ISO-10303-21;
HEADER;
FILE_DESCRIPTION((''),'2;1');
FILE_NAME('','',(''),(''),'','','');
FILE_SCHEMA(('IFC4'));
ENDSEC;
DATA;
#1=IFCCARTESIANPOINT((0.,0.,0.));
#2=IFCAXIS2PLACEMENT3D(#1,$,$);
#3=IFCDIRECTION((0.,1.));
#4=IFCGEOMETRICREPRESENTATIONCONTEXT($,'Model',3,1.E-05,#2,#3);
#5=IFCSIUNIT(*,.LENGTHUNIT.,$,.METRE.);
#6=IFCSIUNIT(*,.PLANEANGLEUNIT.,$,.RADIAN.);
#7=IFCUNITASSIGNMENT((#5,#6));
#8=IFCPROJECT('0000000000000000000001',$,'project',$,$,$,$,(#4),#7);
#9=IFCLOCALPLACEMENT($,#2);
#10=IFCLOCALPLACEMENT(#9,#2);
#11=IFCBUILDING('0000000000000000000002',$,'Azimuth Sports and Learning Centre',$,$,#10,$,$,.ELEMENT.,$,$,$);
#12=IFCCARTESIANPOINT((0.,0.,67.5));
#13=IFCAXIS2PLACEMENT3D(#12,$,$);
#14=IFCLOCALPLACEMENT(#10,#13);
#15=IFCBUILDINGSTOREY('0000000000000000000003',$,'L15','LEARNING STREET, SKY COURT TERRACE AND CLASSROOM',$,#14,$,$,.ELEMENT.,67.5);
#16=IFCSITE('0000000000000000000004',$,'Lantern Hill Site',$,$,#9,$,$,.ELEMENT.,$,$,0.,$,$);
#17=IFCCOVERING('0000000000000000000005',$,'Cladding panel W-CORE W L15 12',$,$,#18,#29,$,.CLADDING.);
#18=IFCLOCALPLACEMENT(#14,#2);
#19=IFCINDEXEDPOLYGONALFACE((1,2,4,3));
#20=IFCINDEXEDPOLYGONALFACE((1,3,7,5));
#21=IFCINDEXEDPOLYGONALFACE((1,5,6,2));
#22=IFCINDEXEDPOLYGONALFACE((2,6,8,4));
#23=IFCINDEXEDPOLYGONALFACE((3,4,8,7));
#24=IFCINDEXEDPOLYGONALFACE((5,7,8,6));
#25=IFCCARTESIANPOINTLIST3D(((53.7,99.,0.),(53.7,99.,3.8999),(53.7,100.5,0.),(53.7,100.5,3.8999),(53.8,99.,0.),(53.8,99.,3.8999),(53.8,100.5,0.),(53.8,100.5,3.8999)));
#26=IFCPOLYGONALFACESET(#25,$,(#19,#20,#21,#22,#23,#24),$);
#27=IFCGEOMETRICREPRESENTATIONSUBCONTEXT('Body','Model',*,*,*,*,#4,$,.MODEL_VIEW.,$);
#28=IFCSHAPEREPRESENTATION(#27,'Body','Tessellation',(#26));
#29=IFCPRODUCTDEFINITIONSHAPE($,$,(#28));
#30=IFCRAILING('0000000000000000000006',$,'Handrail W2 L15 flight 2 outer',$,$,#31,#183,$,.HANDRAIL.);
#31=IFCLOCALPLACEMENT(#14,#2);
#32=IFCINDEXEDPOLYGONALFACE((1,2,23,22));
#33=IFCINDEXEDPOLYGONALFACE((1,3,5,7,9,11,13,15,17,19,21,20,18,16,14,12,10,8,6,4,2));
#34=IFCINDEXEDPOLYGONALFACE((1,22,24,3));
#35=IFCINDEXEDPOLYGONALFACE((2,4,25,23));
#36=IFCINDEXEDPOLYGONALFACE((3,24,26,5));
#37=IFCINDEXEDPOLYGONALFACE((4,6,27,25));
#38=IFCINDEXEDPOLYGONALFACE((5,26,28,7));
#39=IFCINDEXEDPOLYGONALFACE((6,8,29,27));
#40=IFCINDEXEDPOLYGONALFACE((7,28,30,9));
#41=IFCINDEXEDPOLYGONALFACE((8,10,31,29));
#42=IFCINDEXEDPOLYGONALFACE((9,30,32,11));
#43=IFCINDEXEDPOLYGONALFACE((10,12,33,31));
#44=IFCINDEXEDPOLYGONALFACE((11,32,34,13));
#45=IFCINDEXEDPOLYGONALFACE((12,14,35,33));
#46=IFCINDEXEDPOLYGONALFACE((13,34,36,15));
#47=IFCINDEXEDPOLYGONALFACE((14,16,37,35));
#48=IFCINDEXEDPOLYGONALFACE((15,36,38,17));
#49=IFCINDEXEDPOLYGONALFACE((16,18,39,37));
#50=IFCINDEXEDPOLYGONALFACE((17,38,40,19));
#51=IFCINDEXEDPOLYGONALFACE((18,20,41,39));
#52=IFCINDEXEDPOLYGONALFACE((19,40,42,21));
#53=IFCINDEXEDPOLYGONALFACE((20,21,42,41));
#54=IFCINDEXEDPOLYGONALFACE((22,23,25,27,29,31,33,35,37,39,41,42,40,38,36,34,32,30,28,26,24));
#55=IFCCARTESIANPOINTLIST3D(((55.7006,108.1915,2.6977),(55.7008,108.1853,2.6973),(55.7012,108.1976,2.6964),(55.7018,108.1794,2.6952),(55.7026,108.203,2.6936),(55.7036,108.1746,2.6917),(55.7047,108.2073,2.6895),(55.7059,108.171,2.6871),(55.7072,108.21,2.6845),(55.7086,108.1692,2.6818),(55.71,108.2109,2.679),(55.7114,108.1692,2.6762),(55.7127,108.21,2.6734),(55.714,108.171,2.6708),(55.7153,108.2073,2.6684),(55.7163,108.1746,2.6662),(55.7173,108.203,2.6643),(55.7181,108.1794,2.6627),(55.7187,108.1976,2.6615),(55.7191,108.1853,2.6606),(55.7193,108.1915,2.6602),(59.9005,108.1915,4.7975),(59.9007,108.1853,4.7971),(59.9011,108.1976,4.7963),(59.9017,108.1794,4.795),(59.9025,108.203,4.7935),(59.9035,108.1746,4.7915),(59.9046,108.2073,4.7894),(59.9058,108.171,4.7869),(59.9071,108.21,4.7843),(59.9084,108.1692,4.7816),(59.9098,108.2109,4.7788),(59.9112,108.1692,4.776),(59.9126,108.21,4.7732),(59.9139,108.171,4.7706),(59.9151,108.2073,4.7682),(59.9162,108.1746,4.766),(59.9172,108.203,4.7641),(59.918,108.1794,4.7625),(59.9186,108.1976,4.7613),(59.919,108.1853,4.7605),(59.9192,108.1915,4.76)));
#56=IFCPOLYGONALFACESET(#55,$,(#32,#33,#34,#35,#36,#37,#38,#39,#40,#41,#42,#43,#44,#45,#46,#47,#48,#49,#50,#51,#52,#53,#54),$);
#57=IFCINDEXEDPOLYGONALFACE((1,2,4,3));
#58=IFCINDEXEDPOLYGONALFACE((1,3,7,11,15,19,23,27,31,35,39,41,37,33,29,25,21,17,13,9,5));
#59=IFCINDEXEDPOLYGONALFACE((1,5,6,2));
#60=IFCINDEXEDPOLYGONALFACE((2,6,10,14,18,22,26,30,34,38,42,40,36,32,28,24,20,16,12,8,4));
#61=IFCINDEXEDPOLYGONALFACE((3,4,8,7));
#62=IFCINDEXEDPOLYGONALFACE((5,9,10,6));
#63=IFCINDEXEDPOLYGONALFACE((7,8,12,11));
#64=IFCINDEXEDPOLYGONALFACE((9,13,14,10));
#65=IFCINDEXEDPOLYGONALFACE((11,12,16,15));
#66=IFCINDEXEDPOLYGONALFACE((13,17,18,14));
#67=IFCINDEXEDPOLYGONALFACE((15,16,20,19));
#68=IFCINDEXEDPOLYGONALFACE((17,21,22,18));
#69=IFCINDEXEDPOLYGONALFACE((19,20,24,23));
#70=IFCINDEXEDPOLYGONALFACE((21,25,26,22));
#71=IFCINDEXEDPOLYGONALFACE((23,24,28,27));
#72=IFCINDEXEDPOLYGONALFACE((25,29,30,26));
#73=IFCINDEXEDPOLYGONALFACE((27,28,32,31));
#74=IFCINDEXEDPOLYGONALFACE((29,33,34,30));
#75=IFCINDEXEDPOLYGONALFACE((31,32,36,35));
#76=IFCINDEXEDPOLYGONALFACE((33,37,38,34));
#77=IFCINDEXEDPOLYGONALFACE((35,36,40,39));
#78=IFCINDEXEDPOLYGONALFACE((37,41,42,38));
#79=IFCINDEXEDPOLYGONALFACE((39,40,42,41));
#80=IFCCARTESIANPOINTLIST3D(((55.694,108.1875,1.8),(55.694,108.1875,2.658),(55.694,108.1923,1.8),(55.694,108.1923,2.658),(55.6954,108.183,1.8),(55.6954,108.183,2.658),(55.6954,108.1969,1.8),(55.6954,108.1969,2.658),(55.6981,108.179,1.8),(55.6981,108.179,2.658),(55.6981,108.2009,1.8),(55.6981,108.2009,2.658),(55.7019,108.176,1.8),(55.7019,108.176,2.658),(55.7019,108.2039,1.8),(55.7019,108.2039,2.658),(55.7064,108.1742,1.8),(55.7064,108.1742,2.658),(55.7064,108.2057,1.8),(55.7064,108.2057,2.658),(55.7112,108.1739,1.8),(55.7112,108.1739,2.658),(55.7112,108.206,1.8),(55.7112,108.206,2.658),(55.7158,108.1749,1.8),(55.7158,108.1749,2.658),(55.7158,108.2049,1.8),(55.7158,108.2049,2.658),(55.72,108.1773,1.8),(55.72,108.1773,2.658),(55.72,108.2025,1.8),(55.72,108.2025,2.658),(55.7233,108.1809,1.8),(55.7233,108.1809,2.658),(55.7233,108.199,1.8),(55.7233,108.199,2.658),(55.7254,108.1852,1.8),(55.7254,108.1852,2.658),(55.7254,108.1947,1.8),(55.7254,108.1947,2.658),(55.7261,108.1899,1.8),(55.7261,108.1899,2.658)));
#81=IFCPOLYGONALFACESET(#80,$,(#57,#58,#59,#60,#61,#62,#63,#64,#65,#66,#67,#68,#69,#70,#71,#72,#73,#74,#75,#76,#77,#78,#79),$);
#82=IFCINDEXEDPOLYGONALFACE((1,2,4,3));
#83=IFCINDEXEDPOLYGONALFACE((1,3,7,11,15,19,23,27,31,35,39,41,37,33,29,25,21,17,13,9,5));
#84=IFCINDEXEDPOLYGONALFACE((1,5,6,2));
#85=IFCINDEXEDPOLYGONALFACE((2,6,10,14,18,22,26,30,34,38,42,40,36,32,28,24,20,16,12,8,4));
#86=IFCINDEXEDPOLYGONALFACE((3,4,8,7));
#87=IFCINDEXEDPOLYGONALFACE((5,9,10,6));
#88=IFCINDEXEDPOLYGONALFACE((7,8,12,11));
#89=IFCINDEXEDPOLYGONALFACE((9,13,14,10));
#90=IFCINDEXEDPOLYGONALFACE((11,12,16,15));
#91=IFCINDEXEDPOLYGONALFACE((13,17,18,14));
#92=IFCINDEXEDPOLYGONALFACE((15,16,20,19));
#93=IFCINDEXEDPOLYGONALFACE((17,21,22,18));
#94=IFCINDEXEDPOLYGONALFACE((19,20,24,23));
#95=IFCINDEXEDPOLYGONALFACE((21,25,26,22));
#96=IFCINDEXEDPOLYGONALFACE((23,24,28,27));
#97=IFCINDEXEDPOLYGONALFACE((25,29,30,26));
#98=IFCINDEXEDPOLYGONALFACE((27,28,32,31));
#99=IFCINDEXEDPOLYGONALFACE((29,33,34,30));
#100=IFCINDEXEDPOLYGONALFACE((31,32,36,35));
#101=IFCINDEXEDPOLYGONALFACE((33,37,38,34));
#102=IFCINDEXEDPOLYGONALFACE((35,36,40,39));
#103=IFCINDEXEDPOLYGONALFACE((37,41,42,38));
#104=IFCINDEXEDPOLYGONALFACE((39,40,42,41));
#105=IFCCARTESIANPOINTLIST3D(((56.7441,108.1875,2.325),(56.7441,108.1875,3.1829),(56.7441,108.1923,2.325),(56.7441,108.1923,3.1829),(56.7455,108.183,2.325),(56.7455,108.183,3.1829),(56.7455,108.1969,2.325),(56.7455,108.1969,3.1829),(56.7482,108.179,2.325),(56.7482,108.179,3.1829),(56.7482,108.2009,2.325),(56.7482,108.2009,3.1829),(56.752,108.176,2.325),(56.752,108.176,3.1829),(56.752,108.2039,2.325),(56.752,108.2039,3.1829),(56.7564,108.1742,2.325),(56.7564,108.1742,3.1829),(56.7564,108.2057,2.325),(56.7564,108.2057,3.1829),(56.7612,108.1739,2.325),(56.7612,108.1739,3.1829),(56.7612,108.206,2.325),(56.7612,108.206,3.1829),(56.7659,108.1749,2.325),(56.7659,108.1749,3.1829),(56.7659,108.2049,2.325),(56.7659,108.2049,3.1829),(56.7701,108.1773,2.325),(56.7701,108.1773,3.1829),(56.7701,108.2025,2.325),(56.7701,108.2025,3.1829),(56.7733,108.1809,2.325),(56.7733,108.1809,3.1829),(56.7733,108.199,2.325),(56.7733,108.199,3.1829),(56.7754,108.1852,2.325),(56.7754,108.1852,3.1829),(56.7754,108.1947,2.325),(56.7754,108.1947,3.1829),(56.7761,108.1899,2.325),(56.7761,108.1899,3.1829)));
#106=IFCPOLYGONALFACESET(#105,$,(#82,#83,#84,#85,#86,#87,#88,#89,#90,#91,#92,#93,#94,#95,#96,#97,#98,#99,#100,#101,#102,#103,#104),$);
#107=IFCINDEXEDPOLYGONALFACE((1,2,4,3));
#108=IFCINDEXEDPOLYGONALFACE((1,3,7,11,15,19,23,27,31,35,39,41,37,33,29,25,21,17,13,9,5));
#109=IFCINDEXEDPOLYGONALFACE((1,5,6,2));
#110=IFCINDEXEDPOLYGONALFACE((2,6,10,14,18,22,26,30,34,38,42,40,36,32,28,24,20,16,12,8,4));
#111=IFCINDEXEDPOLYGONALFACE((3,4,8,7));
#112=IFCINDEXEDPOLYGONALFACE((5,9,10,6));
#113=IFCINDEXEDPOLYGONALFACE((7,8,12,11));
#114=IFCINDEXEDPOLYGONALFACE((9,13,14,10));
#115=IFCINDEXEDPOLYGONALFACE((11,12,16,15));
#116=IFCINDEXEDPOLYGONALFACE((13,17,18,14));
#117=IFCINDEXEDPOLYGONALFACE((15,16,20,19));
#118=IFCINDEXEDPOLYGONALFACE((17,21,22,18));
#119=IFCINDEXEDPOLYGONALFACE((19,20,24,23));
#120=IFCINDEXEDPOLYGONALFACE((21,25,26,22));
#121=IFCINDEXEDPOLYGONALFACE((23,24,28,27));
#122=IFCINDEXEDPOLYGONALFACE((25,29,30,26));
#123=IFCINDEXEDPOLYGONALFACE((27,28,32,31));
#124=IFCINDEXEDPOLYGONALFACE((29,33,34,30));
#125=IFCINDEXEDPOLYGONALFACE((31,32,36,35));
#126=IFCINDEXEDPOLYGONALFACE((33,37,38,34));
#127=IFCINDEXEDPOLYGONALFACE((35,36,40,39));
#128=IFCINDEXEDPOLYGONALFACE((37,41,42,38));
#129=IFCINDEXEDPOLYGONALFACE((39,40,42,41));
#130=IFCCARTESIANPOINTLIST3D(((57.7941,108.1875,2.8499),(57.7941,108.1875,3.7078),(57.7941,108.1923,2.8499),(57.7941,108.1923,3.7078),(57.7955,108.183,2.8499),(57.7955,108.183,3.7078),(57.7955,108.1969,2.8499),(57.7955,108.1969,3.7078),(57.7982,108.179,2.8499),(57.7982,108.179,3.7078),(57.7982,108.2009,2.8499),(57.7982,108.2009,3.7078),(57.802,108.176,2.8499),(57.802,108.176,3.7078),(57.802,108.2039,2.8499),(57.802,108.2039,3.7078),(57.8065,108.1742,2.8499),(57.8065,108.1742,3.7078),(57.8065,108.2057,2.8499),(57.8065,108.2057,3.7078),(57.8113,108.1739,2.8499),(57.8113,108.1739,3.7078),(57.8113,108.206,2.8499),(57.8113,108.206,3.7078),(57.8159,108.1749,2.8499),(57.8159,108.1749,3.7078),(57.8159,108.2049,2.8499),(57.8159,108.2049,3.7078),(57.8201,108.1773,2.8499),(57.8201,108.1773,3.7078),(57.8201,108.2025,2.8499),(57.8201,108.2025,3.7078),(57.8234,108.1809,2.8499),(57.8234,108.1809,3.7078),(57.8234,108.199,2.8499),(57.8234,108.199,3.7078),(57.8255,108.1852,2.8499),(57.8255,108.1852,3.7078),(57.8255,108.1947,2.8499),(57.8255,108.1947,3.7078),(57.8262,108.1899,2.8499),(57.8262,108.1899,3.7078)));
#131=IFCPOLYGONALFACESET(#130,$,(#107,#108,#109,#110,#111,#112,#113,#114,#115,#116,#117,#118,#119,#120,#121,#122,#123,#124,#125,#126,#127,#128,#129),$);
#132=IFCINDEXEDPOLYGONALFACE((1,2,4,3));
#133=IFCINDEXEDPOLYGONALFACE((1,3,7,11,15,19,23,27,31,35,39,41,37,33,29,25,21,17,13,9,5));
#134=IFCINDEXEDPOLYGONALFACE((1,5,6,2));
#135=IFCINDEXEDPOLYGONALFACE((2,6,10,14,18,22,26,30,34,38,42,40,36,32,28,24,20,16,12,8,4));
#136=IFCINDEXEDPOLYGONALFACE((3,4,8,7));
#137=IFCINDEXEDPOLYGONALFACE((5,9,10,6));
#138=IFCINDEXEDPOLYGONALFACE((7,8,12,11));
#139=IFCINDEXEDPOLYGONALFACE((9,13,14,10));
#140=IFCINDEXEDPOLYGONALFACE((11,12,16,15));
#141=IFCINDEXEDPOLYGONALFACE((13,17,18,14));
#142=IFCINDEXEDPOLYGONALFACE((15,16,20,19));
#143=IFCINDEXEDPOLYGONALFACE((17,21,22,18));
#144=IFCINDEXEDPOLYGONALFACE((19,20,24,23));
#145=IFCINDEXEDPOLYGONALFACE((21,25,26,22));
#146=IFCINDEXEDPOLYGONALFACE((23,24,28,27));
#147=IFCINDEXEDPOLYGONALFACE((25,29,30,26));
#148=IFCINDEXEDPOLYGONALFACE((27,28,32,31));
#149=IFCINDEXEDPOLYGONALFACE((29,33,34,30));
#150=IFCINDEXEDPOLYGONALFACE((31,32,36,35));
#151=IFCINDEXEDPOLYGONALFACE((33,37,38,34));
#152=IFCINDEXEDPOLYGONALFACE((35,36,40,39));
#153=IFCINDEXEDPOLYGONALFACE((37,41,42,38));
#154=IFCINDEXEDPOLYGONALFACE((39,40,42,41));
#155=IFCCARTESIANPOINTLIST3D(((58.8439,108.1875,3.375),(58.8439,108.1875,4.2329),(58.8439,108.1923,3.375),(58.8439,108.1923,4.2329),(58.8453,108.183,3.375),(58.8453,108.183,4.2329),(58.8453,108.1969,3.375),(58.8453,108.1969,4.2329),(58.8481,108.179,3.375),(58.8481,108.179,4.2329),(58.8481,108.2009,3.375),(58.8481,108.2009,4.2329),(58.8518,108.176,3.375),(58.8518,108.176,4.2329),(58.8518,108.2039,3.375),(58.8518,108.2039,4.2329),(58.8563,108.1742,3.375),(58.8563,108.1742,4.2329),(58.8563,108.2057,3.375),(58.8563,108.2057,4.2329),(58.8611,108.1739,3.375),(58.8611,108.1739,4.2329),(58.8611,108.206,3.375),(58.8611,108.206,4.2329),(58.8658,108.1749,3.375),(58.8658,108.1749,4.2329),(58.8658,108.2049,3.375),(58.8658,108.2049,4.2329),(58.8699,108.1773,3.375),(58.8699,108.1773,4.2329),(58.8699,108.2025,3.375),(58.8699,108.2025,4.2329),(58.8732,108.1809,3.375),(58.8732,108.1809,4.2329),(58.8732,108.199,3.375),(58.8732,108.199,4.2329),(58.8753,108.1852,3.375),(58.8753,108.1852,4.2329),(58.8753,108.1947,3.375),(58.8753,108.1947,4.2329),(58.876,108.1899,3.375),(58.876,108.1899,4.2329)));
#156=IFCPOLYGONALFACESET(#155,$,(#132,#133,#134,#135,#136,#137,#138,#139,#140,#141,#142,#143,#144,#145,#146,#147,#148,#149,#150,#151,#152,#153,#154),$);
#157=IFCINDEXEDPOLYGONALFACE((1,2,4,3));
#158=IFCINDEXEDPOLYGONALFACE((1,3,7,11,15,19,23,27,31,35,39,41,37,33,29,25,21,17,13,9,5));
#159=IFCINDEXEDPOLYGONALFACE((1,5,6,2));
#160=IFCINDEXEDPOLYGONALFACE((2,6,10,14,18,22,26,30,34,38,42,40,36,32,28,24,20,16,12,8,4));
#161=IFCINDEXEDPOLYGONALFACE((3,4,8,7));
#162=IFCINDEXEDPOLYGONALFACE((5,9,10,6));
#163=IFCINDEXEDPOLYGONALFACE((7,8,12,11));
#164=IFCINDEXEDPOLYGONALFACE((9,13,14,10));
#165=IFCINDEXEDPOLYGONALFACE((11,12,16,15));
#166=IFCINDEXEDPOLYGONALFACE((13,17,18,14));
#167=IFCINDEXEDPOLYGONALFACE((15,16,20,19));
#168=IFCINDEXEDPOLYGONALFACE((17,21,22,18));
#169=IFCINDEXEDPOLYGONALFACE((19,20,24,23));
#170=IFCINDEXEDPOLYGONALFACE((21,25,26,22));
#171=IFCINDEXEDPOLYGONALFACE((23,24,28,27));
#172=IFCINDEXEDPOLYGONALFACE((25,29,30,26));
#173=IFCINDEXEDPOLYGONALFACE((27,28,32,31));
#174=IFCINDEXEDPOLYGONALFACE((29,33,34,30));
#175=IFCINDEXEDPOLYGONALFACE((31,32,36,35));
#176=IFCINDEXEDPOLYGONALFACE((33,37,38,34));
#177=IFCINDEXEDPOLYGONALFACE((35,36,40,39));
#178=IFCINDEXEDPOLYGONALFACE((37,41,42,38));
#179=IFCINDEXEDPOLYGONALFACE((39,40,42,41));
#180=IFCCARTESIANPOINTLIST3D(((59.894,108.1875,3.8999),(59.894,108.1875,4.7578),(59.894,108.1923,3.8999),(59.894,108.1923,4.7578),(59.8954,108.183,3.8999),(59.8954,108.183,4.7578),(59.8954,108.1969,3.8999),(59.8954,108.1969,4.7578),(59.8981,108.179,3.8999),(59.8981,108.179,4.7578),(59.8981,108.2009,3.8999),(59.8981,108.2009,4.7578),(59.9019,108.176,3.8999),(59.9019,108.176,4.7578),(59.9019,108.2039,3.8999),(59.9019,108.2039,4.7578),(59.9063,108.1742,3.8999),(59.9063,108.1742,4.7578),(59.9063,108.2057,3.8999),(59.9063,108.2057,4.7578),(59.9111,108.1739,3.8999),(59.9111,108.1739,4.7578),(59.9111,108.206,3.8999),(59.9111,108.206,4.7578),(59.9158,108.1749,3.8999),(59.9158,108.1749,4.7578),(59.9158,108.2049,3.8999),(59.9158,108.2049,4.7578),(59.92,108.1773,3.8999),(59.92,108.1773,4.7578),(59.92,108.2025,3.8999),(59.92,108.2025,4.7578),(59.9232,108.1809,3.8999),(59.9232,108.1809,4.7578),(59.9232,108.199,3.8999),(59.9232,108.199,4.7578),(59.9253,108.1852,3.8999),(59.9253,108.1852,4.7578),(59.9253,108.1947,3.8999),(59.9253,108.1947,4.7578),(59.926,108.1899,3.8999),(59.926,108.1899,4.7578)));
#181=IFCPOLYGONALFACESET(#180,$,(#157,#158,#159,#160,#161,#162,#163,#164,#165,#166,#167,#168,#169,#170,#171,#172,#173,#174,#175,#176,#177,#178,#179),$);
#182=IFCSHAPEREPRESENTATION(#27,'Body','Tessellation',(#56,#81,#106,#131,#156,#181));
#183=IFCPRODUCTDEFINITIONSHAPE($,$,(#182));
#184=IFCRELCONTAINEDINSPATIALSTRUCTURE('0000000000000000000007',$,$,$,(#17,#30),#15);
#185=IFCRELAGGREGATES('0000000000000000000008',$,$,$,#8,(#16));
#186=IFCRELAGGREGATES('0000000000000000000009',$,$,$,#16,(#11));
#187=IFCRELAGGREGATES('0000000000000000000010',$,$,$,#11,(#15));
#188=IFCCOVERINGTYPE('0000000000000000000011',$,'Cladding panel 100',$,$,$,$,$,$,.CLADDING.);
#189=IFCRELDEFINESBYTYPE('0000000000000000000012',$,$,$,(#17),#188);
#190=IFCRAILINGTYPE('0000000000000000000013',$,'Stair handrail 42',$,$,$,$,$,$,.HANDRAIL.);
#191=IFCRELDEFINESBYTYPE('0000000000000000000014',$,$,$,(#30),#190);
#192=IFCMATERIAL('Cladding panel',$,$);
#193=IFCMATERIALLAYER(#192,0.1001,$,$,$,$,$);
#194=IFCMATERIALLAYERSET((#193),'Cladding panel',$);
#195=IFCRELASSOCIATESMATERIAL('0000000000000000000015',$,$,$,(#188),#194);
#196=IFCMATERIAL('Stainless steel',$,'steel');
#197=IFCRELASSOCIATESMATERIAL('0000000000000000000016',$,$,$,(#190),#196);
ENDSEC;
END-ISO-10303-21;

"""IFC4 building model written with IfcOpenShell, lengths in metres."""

from ifc_helpers import new_model, si_unit, direction, frame, origin, origin_2d, place, context, subcontext, project, spatial, rectangle, circle, extrude, material, layer, layer_set, type_object, element, save


model = new_model("IFC4")

# Units and contexts
model_context = context("Model", 3, precision=1e-05, world=origin(), true_north=direction((0.0, 1.0)))
body_context = subcontext(model_context, "Body", "Model", "MODEL_VIEW")
ifc_project = project(units=[si_unit("LENGTHUNIT", "METRE"), si_unit("PLANEANGLEUNIT", "RADIAN")], contexts=[model_context])

# Site, building, storey
site_placement = place(None, origin())
site = spatial("IfcSite", under=ifc_project, at=site_placement, Name="Lantern Hill Site", CompositionType="ELEMENT", RefElevation=0.0)
building_placement = place(site_placement, origin())
building = spatial("IfcBuilding", under=site, at=building_placement, Name="Azimuth Sports and Learning Centre", CompositionType="ELEMENT")
storey_placement = place(building_placement, frame((0.0, 0.0, 67.5)))
storey = spatial("IfcBuildingStorey", under=building, at=storey_placement, Name="L15", Description="LEARNING STREET, SKY COURT TERRACE AND CLASSROOM", CompositionType="ELEMENT", Elevation=67.5)

# Covering
ifc_material_1 = material(Name="Cladding panel")
ifc_layer_1 = layer(ifc_material_1, 0.1001)
ifc_layer_set_1 = layer_set([ifc_layer_1], Name="Cladding panel")
covering_type = type_object("IfcCoveringType", Name="Cladding panel 100", PredefinedType="CLADDING", material=ifc_layer_set_1)
for number, where, z_axis, x_axis, name in (
    (1, (53.75, 99.75, 0.0), (0.0, 0.0, 1.0), (0.0, -1.0, 0.0), "Cladding panel W-CORE W L15 12"),
):
    element("IfcCovering", number, at=place(storey_placement, frame(where, z_axis=z_axis, x_axis=x_axis)), inside=storey, type_object=covering_type, Name=name, PredefinedType="CLADDING", context=body_context, shape_type="SweptSolid", body=[
        extrude(rectangle(XDim=1.5, YDim=0.1001, at=origin_2d()), origin(), (0.0, 0.0, 1.0), 3.8999),
    ])

# Railing
ifc_material_2 = material(Name="Stainless steel", Category="steel")
railing_type = type_object("IfcRailingType", Name="Stair handrail 42", PredefinedType="HANDRAIL", material=ifc_material_2)
railing_placement = place(storey_placement, frame((55.71, 108.1899, 1.8)))
element("IfcRailing", 2, at=railing_placement, inside=storey, type_object=railing_type, Name="Handrail W2 L15 flight 2 outer", PredefinedType="HANDRAIL", context=body_context, shape_type="SweptSolid", body=[
    extrude(circle(Radius=0.021, at=origin_2d()), frame((0.0, 0.0, 0.8789), z_axis=(0.894438, 0.0, 0.447193), x_axis=(0.0, 1.0, 0.0)), (0.0, 0.0, 1.0), 4.6956),
    extrude(circle(Radius=0.0161, at=origin_2d()), origin(), (0.0, 0.0, 1.0), 0.8579),
    extrude(circle(Radius=0.0161, at=origin_2d()), frame((1.05, 0.0, 0.5249)), (0.0, 0.0, 1.0), 0.8579),
    extrude(circle(Radius=0.0161, at=origin_2d()), frame((2.1001, 0.0, 1.0498)), (0.0, 0.0, 1.0), 0.8579),
    extrude(circle(Radius=0.0161, at=origin_2d()), frame((3.1499, 0.0, 1.575)), (0.0, 0.0, 1.0), 0.8579),
    extrude(circle(Radius=0.0161, at=origin_2d()), frame((4.2, 0.0, 2.0999)), (0.0, 0.0, 1.0), 0.8579),
])

save(model, "model.ifc")
